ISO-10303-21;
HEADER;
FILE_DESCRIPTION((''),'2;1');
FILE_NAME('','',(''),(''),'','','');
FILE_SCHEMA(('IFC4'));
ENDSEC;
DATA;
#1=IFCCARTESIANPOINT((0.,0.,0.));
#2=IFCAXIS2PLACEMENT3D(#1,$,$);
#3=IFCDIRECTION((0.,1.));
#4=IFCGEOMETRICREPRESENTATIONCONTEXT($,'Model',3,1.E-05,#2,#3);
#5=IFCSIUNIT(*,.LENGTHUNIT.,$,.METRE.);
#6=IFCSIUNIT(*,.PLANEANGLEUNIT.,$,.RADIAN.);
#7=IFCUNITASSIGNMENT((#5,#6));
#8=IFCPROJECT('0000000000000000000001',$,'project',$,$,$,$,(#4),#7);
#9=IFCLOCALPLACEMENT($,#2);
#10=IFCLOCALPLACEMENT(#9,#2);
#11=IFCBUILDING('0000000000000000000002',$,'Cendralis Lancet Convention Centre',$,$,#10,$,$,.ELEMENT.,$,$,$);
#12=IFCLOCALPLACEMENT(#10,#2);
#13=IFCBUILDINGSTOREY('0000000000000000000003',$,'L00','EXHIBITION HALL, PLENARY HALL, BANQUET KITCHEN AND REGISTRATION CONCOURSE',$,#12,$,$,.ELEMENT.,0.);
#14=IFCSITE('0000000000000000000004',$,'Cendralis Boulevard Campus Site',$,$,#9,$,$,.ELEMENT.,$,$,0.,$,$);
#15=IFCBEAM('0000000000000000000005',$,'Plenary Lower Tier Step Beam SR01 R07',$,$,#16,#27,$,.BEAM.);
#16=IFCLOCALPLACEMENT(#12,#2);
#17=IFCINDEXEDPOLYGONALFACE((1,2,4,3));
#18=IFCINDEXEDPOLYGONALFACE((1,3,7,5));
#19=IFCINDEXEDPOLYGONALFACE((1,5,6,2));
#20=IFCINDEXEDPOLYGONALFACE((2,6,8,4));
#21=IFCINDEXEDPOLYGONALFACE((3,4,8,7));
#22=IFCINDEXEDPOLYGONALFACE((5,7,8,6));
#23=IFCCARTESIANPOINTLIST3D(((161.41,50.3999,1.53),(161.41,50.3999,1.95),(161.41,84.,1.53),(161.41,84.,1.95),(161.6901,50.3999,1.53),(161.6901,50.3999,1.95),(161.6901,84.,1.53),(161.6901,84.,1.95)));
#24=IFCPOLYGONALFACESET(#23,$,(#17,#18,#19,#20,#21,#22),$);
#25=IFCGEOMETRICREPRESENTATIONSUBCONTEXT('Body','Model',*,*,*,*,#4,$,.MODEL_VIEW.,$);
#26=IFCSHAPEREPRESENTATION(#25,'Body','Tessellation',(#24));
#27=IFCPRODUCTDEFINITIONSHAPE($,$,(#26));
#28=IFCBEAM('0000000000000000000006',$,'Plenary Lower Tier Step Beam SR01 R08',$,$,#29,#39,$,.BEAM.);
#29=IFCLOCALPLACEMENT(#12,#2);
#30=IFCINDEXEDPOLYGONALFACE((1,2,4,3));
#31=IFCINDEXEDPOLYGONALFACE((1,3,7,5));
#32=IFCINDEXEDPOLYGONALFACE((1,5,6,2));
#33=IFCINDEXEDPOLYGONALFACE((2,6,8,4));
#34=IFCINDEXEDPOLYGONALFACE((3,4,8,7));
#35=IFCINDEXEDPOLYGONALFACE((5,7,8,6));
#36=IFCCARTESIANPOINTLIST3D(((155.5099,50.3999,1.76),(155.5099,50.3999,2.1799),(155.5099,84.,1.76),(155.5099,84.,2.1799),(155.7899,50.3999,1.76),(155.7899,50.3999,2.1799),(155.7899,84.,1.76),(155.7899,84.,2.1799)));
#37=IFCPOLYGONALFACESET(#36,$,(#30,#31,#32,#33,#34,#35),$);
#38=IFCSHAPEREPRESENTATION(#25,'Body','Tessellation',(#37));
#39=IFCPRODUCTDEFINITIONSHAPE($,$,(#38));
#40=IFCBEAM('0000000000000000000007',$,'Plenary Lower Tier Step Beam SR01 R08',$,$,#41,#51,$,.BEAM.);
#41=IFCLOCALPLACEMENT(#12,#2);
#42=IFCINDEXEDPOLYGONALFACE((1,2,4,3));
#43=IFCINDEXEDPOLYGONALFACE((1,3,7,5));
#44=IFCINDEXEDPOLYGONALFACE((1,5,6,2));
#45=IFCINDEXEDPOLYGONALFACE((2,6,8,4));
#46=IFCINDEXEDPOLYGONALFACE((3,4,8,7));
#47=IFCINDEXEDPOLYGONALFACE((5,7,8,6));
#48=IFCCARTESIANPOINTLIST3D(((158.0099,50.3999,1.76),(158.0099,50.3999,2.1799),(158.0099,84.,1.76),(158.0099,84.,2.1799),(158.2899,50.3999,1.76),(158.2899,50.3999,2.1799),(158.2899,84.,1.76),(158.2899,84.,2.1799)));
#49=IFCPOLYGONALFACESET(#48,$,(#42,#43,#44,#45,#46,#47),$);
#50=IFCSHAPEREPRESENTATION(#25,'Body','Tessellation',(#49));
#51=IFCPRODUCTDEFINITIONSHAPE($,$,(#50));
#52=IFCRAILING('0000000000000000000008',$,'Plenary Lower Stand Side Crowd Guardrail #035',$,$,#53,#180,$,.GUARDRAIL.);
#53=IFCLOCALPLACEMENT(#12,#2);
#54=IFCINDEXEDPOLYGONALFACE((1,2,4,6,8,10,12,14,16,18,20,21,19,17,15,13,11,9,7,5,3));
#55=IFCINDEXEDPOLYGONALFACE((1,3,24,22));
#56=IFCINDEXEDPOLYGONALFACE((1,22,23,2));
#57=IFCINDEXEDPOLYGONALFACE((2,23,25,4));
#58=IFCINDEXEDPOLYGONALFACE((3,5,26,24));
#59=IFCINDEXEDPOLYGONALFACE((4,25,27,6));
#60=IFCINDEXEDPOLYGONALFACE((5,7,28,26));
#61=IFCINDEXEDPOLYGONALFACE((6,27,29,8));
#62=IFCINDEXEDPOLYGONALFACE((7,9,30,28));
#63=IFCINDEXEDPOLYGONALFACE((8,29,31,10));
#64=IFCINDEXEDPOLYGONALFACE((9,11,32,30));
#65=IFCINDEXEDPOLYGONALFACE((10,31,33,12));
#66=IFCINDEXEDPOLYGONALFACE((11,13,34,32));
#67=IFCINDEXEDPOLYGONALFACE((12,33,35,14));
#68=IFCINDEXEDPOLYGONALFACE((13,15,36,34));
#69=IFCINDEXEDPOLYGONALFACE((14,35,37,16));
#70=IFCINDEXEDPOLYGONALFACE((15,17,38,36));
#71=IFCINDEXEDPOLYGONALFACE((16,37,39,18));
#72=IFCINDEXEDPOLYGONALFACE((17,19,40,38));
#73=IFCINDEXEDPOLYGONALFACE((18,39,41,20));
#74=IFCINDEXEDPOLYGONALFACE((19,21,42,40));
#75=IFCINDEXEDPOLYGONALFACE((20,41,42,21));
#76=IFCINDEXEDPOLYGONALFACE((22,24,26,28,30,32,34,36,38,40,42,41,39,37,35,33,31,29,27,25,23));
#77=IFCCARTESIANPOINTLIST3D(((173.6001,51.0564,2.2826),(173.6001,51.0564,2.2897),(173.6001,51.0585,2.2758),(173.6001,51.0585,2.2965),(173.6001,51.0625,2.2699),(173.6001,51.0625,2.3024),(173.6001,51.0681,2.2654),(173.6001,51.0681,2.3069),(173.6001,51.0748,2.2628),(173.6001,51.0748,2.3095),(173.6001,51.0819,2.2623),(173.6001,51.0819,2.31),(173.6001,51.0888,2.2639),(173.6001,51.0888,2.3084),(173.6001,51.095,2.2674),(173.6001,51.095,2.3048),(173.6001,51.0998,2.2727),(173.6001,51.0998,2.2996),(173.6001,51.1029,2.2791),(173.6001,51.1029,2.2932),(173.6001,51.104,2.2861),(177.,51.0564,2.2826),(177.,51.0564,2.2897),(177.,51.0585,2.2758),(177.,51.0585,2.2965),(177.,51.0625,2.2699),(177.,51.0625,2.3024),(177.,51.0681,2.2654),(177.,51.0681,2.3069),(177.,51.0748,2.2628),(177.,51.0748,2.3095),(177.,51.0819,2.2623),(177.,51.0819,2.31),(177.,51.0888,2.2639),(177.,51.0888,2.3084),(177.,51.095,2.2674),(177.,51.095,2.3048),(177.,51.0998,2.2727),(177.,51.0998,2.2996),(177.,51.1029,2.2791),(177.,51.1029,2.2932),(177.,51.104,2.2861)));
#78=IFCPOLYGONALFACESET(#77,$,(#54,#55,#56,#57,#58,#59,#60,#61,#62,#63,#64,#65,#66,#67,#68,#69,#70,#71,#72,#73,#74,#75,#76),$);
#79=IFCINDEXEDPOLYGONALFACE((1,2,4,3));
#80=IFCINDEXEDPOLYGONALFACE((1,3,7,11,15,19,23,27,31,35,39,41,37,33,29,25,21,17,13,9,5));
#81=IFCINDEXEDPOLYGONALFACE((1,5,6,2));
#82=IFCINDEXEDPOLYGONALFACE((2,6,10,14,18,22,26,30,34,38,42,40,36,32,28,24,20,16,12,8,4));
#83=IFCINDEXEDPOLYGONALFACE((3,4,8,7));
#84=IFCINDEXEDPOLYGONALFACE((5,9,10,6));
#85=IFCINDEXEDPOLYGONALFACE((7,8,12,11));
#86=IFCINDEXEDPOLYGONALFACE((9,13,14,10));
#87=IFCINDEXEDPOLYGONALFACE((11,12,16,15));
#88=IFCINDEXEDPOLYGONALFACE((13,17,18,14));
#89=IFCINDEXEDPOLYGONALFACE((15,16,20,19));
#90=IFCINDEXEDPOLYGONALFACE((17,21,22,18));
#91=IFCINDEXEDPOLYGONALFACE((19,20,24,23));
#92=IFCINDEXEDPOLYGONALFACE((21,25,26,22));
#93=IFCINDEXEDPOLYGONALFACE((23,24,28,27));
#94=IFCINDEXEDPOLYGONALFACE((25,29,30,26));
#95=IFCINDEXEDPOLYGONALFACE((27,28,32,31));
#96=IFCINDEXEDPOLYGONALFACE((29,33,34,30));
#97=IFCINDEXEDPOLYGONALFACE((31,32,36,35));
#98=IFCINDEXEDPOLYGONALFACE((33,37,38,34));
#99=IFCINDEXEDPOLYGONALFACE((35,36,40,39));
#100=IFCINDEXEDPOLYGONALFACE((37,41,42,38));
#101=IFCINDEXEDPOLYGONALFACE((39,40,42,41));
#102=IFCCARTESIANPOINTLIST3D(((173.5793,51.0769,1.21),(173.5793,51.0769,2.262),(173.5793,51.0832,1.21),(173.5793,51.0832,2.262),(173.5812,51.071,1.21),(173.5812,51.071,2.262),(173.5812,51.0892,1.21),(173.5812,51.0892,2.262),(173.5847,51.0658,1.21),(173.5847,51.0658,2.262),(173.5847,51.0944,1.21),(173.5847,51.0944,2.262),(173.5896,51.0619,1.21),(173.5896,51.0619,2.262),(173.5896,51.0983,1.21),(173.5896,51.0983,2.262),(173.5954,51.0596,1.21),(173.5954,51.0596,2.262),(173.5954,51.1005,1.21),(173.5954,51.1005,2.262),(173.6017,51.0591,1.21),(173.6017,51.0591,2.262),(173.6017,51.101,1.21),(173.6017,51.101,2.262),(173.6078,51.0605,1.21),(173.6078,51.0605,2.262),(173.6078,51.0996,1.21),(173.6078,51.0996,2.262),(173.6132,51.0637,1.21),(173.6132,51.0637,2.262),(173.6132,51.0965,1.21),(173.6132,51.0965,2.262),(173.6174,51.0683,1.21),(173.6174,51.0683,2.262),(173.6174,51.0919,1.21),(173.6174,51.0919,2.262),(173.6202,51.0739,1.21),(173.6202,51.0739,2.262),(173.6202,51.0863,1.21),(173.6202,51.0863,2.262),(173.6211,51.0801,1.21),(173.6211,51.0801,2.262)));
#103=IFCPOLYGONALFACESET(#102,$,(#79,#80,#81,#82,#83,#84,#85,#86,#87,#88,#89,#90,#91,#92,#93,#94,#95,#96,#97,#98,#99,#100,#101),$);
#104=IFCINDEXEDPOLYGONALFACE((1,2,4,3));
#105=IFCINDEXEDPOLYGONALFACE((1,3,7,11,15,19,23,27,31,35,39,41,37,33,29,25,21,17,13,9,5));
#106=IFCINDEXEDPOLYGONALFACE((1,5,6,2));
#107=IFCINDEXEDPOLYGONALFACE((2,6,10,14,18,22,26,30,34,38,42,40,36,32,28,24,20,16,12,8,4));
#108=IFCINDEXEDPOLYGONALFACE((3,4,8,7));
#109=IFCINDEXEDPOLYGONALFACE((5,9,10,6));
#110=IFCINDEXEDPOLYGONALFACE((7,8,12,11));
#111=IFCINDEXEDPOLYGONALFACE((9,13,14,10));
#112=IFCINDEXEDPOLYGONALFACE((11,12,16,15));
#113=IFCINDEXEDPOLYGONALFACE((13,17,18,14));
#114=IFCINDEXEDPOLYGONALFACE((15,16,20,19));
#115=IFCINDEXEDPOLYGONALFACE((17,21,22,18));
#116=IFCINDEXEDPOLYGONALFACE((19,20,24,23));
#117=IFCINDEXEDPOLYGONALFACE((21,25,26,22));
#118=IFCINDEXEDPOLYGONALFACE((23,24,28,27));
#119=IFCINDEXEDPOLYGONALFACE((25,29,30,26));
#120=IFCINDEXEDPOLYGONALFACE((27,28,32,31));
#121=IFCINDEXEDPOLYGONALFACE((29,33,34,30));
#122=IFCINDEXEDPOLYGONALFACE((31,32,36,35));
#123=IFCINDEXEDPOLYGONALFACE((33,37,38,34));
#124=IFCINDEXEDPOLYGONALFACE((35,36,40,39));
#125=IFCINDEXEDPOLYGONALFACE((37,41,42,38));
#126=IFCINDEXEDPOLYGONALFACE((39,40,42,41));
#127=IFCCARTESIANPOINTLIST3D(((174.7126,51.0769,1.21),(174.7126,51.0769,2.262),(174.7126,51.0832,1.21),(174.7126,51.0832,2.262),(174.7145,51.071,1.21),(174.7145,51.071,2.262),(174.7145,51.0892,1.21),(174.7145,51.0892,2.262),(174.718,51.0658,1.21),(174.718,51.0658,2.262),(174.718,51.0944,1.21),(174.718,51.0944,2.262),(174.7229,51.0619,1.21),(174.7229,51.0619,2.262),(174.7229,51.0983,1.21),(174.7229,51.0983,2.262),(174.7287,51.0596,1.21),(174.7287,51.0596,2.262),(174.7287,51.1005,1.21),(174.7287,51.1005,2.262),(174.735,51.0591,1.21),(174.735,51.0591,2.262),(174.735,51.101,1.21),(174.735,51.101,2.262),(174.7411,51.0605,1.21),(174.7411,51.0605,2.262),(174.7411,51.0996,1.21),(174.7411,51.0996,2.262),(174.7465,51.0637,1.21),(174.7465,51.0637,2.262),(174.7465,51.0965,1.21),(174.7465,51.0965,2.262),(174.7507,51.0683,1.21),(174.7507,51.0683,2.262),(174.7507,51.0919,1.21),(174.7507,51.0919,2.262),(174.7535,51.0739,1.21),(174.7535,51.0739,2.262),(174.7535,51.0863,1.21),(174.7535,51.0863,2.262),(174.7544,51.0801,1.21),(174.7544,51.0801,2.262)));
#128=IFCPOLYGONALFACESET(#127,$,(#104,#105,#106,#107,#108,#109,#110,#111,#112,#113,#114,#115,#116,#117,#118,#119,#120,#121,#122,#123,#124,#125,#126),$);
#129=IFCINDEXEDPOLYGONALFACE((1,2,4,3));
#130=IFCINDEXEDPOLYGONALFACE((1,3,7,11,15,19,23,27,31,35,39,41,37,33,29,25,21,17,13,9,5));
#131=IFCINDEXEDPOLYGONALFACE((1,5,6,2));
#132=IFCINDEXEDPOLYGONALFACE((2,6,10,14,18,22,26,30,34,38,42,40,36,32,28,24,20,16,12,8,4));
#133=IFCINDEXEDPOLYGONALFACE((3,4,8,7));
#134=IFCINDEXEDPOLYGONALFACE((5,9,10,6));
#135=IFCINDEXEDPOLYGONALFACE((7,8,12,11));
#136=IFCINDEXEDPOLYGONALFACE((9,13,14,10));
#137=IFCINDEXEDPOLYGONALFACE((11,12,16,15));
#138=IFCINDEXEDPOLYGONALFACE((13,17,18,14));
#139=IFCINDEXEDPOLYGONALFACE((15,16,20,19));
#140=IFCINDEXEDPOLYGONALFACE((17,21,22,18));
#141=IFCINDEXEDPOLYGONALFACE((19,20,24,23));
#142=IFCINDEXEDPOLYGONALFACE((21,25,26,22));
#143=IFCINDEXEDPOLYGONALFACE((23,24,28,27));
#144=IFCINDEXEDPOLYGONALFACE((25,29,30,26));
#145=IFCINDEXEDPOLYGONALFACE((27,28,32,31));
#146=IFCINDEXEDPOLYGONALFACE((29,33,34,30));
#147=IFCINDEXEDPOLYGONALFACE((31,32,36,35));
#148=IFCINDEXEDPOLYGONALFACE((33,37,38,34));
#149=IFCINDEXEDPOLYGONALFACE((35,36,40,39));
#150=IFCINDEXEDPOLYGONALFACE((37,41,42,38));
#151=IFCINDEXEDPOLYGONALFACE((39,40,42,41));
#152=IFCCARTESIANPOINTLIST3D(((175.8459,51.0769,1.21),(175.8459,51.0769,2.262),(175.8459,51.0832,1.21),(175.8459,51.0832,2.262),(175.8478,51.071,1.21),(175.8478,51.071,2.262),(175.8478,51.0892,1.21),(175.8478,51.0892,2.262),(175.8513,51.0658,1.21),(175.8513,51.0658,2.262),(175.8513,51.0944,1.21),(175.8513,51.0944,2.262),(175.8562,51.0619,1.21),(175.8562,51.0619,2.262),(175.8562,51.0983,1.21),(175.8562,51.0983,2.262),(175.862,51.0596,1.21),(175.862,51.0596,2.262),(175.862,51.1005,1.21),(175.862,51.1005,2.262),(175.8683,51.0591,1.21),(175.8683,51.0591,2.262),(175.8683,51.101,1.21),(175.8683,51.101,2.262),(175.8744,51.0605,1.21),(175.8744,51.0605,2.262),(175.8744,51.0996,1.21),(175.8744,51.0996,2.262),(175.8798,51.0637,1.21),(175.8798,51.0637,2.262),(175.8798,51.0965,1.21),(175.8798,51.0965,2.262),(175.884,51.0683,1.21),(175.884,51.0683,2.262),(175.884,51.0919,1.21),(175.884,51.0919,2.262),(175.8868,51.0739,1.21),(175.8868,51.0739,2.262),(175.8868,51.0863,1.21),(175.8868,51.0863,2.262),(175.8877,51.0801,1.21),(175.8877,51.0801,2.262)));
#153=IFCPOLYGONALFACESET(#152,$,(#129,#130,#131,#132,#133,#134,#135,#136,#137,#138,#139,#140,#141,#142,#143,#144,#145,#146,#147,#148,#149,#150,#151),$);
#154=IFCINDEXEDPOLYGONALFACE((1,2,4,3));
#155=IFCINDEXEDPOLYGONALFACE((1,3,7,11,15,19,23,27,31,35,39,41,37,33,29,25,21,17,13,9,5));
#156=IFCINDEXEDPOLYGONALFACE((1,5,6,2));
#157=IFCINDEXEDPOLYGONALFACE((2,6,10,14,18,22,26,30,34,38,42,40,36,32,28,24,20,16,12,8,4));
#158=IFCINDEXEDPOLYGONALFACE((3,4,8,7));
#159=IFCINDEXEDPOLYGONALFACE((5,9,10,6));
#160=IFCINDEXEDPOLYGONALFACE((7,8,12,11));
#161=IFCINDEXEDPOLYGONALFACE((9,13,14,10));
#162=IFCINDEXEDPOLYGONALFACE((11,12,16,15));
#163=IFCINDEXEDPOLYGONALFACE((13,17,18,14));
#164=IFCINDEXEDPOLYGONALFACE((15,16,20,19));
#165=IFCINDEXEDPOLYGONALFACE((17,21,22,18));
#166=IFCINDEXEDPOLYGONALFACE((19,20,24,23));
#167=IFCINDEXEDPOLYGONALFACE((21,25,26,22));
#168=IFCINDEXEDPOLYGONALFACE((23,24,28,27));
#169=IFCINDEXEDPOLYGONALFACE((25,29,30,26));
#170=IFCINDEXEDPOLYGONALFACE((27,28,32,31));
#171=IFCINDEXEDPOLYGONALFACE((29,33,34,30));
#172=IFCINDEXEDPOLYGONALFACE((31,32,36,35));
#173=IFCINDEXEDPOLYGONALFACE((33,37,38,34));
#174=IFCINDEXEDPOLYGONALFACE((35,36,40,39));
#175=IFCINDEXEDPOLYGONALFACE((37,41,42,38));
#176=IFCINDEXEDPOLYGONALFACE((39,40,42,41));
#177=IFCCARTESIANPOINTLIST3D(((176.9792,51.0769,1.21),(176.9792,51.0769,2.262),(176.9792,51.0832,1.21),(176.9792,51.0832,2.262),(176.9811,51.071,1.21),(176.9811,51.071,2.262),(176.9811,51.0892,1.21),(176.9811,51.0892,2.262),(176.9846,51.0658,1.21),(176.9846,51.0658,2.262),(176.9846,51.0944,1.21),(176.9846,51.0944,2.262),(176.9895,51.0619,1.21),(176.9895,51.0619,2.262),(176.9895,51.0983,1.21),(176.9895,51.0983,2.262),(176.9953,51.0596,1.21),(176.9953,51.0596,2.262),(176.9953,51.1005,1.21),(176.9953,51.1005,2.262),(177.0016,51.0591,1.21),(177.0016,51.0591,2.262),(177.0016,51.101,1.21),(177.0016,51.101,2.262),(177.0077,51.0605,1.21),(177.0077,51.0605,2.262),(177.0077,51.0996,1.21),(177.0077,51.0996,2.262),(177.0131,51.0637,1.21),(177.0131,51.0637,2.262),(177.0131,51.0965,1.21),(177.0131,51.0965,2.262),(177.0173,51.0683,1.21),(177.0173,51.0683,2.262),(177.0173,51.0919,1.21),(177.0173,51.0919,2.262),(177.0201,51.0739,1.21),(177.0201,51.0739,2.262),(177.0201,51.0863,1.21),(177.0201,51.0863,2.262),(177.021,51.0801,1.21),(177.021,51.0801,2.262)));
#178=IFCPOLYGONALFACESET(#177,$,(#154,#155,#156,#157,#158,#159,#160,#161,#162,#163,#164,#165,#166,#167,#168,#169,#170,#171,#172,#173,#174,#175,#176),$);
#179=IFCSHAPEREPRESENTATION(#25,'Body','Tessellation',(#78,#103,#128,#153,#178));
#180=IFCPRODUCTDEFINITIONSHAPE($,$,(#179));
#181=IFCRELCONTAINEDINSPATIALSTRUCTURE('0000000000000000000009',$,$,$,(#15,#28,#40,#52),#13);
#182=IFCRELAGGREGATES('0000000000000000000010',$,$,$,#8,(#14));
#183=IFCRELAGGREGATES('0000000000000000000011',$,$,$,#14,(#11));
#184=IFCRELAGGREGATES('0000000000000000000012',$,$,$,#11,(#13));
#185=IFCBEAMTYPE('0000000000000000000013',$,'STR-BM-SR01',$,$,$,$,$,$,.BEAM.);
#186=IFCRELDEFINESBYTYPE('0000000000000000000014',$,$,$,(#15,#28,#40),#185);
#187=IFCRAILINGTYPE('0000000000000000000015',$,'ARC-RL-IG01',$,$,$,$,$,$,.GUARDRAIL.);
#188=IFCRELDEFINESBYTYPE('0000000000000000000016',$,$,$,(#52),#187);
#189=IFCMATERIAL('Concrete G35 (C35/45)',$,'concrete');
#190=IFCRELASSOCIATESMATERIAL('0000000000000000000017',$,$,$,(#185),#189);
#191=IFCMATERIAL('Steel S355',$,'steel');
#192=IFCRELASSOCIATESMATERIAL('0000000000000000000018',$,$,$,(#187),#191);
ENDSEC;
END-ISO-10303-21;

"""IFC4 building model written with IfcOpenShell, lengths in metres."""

from ifc_helpers import new_model, si_unit, direction, frame, origin, origin_2d, place, context, subcontext, project, spatial, rectangle, circle, extrude, material, material_profile, profile_set, type_object, element, save


model = new_model("IFC4")

# Units and contexts
model_context = context("Model", 3, precision=1e-05, world=origin(), true_north=direction((0.0, 1.0)))
body_context = subcontext(model_context, "Body", "Model", "MODEL_VIEW")
ifc_project = project(units=[si_unit("LENGTHUNIT", "METRE"), si_unit("PLANEANGLEUNIT", "RADIAN")], contexts=[model_context])

# Site, building, storey
site_placement = place(None, origin())
site = spatial("IfcSite", under=ifc_project, at=site_placement, Name="Cendralis Boulevard Campus Site", CompositionType="ELEMENT", RefElevation=0.0)
building_placement = place(site_placement, origin())
building = spatial("IfcBuilding", under=site, at=building_placement, Name="Cendralis Lancet Convention Centre", CompositionType="ELEMENT")
storey_placement = place(building_placement, origin())
storey = spatial("IfcBuildingStorey", under=building, at=storey_placement, Name="L00", Description="EXHIBITION HALL, PLENARY HALL, BANQUET KITCHEN AND REGISTRATION CONCOURSE", CompositionType="ELEMENT", Elevation=0.0)

# Shared definitions
ifc_material_1 = material(Name="Concrete G35 (C35/45)", Category="concrete")

# Beams
ifc_material_profile_1 = material_profile(ifc_material_1, rectangle(XDim=0.28, YDim=0.4199, at=origin_2d()), Name="RCB 280x420")
ifc_profile_set_1 = profile_set([ifc_material_profile_1], Name="Concrete G35 (C35/45)")
beam_type = type_object("IfcBeamType", Name="STR-BM-SR01", PredefinedType="BEAM", material=ifc_profile_set_1)
for number, where, z_axis, x_axis, name in (
    (1, (161.55, 50.3999, 1.74), (0.0, 1.0, 0.0), (-1.0, 0.0, 0.0), "Plenary Lower Tier Step Beam SR01 R07"),
    (2, (155.6499, 50.3999, 1.97), (0.0, 1.0, 0.0), (-1.0, 0.0, 0.0), "Plenary Lower Tier Step Beam SR01 R08"),
    (3, (158.1499, 50.3999, 1.97), (0.0, 1.0, 0.0), (-1.0, 0.0, 0.0), "Plenary Lower Tier Step Beam SR01 R08"),
):
    element("IfcBeam", number, at=place(storey_placement, frame(where, z_axis=z_axis, x_axis=x_axis)), inside=storey, type_object=beam_type, Name=name, PredefinedType="BEAM", context=body_context, shape_type="SweptSolid", body=[
        extrude(rectangle(XDim=0.28, YDim=0.4199, at=origin_2d()), origin(), (0.0, 0.0, 1.0), 33.6001),
    ])

# Railing
ifc_material_2 = material(Name="Steel S355", Category="steel")
railing_type = type_object("IfcRailingType", Name="ARC-RL-IG01", PredefinedType="GUARDRAIL", material=ifc_material_2)
railing_1_placement = place(storey_placement, frame((173.6001, 51.0801, 1.21)))
element("IfcRailing", 4, at=railing_1_placement, inside=storey, type_object=railing_type, Name="Plenary Lower Stand Side Crowd Guardrail #035", PredefinedType="GUARDRAIL", context=body_context, shape_type="SweptSolid", body=[
    extrude(circle(Radius=0.0239, at=origin_2d()), frame((0.0, 0.0, 1.0762), z_axis=(1.0, 0.0, 0.0), x_axis=(0.0, 1.0, 0.0)), (0.0, 0.0, 1.0), 3.3999),
    extrude(circle(Radius=0.021, at=origin_2d()), origin(), (0.0, 0.0, 1.0), 1.052),
    extrude(circle(Radius=0.021, at=origin_2d()), frame((1.1333, 0.0, 0.0)), (0.0, 0.0, 1.0), 1.052),
    extrude(circle(Radius=0.021, at=origin_2d()), frame((2.2666, 0.0, 0.0)), (0.0, 0.0, 1.0), 1.052),
    extrude(circle(Radius=0.021, at=origin_2d()), frame((3.3999, 0.0, 0.0)), (0.0, 0.0, 1.0), 1.052),
])

save(model, "model.ifc")
